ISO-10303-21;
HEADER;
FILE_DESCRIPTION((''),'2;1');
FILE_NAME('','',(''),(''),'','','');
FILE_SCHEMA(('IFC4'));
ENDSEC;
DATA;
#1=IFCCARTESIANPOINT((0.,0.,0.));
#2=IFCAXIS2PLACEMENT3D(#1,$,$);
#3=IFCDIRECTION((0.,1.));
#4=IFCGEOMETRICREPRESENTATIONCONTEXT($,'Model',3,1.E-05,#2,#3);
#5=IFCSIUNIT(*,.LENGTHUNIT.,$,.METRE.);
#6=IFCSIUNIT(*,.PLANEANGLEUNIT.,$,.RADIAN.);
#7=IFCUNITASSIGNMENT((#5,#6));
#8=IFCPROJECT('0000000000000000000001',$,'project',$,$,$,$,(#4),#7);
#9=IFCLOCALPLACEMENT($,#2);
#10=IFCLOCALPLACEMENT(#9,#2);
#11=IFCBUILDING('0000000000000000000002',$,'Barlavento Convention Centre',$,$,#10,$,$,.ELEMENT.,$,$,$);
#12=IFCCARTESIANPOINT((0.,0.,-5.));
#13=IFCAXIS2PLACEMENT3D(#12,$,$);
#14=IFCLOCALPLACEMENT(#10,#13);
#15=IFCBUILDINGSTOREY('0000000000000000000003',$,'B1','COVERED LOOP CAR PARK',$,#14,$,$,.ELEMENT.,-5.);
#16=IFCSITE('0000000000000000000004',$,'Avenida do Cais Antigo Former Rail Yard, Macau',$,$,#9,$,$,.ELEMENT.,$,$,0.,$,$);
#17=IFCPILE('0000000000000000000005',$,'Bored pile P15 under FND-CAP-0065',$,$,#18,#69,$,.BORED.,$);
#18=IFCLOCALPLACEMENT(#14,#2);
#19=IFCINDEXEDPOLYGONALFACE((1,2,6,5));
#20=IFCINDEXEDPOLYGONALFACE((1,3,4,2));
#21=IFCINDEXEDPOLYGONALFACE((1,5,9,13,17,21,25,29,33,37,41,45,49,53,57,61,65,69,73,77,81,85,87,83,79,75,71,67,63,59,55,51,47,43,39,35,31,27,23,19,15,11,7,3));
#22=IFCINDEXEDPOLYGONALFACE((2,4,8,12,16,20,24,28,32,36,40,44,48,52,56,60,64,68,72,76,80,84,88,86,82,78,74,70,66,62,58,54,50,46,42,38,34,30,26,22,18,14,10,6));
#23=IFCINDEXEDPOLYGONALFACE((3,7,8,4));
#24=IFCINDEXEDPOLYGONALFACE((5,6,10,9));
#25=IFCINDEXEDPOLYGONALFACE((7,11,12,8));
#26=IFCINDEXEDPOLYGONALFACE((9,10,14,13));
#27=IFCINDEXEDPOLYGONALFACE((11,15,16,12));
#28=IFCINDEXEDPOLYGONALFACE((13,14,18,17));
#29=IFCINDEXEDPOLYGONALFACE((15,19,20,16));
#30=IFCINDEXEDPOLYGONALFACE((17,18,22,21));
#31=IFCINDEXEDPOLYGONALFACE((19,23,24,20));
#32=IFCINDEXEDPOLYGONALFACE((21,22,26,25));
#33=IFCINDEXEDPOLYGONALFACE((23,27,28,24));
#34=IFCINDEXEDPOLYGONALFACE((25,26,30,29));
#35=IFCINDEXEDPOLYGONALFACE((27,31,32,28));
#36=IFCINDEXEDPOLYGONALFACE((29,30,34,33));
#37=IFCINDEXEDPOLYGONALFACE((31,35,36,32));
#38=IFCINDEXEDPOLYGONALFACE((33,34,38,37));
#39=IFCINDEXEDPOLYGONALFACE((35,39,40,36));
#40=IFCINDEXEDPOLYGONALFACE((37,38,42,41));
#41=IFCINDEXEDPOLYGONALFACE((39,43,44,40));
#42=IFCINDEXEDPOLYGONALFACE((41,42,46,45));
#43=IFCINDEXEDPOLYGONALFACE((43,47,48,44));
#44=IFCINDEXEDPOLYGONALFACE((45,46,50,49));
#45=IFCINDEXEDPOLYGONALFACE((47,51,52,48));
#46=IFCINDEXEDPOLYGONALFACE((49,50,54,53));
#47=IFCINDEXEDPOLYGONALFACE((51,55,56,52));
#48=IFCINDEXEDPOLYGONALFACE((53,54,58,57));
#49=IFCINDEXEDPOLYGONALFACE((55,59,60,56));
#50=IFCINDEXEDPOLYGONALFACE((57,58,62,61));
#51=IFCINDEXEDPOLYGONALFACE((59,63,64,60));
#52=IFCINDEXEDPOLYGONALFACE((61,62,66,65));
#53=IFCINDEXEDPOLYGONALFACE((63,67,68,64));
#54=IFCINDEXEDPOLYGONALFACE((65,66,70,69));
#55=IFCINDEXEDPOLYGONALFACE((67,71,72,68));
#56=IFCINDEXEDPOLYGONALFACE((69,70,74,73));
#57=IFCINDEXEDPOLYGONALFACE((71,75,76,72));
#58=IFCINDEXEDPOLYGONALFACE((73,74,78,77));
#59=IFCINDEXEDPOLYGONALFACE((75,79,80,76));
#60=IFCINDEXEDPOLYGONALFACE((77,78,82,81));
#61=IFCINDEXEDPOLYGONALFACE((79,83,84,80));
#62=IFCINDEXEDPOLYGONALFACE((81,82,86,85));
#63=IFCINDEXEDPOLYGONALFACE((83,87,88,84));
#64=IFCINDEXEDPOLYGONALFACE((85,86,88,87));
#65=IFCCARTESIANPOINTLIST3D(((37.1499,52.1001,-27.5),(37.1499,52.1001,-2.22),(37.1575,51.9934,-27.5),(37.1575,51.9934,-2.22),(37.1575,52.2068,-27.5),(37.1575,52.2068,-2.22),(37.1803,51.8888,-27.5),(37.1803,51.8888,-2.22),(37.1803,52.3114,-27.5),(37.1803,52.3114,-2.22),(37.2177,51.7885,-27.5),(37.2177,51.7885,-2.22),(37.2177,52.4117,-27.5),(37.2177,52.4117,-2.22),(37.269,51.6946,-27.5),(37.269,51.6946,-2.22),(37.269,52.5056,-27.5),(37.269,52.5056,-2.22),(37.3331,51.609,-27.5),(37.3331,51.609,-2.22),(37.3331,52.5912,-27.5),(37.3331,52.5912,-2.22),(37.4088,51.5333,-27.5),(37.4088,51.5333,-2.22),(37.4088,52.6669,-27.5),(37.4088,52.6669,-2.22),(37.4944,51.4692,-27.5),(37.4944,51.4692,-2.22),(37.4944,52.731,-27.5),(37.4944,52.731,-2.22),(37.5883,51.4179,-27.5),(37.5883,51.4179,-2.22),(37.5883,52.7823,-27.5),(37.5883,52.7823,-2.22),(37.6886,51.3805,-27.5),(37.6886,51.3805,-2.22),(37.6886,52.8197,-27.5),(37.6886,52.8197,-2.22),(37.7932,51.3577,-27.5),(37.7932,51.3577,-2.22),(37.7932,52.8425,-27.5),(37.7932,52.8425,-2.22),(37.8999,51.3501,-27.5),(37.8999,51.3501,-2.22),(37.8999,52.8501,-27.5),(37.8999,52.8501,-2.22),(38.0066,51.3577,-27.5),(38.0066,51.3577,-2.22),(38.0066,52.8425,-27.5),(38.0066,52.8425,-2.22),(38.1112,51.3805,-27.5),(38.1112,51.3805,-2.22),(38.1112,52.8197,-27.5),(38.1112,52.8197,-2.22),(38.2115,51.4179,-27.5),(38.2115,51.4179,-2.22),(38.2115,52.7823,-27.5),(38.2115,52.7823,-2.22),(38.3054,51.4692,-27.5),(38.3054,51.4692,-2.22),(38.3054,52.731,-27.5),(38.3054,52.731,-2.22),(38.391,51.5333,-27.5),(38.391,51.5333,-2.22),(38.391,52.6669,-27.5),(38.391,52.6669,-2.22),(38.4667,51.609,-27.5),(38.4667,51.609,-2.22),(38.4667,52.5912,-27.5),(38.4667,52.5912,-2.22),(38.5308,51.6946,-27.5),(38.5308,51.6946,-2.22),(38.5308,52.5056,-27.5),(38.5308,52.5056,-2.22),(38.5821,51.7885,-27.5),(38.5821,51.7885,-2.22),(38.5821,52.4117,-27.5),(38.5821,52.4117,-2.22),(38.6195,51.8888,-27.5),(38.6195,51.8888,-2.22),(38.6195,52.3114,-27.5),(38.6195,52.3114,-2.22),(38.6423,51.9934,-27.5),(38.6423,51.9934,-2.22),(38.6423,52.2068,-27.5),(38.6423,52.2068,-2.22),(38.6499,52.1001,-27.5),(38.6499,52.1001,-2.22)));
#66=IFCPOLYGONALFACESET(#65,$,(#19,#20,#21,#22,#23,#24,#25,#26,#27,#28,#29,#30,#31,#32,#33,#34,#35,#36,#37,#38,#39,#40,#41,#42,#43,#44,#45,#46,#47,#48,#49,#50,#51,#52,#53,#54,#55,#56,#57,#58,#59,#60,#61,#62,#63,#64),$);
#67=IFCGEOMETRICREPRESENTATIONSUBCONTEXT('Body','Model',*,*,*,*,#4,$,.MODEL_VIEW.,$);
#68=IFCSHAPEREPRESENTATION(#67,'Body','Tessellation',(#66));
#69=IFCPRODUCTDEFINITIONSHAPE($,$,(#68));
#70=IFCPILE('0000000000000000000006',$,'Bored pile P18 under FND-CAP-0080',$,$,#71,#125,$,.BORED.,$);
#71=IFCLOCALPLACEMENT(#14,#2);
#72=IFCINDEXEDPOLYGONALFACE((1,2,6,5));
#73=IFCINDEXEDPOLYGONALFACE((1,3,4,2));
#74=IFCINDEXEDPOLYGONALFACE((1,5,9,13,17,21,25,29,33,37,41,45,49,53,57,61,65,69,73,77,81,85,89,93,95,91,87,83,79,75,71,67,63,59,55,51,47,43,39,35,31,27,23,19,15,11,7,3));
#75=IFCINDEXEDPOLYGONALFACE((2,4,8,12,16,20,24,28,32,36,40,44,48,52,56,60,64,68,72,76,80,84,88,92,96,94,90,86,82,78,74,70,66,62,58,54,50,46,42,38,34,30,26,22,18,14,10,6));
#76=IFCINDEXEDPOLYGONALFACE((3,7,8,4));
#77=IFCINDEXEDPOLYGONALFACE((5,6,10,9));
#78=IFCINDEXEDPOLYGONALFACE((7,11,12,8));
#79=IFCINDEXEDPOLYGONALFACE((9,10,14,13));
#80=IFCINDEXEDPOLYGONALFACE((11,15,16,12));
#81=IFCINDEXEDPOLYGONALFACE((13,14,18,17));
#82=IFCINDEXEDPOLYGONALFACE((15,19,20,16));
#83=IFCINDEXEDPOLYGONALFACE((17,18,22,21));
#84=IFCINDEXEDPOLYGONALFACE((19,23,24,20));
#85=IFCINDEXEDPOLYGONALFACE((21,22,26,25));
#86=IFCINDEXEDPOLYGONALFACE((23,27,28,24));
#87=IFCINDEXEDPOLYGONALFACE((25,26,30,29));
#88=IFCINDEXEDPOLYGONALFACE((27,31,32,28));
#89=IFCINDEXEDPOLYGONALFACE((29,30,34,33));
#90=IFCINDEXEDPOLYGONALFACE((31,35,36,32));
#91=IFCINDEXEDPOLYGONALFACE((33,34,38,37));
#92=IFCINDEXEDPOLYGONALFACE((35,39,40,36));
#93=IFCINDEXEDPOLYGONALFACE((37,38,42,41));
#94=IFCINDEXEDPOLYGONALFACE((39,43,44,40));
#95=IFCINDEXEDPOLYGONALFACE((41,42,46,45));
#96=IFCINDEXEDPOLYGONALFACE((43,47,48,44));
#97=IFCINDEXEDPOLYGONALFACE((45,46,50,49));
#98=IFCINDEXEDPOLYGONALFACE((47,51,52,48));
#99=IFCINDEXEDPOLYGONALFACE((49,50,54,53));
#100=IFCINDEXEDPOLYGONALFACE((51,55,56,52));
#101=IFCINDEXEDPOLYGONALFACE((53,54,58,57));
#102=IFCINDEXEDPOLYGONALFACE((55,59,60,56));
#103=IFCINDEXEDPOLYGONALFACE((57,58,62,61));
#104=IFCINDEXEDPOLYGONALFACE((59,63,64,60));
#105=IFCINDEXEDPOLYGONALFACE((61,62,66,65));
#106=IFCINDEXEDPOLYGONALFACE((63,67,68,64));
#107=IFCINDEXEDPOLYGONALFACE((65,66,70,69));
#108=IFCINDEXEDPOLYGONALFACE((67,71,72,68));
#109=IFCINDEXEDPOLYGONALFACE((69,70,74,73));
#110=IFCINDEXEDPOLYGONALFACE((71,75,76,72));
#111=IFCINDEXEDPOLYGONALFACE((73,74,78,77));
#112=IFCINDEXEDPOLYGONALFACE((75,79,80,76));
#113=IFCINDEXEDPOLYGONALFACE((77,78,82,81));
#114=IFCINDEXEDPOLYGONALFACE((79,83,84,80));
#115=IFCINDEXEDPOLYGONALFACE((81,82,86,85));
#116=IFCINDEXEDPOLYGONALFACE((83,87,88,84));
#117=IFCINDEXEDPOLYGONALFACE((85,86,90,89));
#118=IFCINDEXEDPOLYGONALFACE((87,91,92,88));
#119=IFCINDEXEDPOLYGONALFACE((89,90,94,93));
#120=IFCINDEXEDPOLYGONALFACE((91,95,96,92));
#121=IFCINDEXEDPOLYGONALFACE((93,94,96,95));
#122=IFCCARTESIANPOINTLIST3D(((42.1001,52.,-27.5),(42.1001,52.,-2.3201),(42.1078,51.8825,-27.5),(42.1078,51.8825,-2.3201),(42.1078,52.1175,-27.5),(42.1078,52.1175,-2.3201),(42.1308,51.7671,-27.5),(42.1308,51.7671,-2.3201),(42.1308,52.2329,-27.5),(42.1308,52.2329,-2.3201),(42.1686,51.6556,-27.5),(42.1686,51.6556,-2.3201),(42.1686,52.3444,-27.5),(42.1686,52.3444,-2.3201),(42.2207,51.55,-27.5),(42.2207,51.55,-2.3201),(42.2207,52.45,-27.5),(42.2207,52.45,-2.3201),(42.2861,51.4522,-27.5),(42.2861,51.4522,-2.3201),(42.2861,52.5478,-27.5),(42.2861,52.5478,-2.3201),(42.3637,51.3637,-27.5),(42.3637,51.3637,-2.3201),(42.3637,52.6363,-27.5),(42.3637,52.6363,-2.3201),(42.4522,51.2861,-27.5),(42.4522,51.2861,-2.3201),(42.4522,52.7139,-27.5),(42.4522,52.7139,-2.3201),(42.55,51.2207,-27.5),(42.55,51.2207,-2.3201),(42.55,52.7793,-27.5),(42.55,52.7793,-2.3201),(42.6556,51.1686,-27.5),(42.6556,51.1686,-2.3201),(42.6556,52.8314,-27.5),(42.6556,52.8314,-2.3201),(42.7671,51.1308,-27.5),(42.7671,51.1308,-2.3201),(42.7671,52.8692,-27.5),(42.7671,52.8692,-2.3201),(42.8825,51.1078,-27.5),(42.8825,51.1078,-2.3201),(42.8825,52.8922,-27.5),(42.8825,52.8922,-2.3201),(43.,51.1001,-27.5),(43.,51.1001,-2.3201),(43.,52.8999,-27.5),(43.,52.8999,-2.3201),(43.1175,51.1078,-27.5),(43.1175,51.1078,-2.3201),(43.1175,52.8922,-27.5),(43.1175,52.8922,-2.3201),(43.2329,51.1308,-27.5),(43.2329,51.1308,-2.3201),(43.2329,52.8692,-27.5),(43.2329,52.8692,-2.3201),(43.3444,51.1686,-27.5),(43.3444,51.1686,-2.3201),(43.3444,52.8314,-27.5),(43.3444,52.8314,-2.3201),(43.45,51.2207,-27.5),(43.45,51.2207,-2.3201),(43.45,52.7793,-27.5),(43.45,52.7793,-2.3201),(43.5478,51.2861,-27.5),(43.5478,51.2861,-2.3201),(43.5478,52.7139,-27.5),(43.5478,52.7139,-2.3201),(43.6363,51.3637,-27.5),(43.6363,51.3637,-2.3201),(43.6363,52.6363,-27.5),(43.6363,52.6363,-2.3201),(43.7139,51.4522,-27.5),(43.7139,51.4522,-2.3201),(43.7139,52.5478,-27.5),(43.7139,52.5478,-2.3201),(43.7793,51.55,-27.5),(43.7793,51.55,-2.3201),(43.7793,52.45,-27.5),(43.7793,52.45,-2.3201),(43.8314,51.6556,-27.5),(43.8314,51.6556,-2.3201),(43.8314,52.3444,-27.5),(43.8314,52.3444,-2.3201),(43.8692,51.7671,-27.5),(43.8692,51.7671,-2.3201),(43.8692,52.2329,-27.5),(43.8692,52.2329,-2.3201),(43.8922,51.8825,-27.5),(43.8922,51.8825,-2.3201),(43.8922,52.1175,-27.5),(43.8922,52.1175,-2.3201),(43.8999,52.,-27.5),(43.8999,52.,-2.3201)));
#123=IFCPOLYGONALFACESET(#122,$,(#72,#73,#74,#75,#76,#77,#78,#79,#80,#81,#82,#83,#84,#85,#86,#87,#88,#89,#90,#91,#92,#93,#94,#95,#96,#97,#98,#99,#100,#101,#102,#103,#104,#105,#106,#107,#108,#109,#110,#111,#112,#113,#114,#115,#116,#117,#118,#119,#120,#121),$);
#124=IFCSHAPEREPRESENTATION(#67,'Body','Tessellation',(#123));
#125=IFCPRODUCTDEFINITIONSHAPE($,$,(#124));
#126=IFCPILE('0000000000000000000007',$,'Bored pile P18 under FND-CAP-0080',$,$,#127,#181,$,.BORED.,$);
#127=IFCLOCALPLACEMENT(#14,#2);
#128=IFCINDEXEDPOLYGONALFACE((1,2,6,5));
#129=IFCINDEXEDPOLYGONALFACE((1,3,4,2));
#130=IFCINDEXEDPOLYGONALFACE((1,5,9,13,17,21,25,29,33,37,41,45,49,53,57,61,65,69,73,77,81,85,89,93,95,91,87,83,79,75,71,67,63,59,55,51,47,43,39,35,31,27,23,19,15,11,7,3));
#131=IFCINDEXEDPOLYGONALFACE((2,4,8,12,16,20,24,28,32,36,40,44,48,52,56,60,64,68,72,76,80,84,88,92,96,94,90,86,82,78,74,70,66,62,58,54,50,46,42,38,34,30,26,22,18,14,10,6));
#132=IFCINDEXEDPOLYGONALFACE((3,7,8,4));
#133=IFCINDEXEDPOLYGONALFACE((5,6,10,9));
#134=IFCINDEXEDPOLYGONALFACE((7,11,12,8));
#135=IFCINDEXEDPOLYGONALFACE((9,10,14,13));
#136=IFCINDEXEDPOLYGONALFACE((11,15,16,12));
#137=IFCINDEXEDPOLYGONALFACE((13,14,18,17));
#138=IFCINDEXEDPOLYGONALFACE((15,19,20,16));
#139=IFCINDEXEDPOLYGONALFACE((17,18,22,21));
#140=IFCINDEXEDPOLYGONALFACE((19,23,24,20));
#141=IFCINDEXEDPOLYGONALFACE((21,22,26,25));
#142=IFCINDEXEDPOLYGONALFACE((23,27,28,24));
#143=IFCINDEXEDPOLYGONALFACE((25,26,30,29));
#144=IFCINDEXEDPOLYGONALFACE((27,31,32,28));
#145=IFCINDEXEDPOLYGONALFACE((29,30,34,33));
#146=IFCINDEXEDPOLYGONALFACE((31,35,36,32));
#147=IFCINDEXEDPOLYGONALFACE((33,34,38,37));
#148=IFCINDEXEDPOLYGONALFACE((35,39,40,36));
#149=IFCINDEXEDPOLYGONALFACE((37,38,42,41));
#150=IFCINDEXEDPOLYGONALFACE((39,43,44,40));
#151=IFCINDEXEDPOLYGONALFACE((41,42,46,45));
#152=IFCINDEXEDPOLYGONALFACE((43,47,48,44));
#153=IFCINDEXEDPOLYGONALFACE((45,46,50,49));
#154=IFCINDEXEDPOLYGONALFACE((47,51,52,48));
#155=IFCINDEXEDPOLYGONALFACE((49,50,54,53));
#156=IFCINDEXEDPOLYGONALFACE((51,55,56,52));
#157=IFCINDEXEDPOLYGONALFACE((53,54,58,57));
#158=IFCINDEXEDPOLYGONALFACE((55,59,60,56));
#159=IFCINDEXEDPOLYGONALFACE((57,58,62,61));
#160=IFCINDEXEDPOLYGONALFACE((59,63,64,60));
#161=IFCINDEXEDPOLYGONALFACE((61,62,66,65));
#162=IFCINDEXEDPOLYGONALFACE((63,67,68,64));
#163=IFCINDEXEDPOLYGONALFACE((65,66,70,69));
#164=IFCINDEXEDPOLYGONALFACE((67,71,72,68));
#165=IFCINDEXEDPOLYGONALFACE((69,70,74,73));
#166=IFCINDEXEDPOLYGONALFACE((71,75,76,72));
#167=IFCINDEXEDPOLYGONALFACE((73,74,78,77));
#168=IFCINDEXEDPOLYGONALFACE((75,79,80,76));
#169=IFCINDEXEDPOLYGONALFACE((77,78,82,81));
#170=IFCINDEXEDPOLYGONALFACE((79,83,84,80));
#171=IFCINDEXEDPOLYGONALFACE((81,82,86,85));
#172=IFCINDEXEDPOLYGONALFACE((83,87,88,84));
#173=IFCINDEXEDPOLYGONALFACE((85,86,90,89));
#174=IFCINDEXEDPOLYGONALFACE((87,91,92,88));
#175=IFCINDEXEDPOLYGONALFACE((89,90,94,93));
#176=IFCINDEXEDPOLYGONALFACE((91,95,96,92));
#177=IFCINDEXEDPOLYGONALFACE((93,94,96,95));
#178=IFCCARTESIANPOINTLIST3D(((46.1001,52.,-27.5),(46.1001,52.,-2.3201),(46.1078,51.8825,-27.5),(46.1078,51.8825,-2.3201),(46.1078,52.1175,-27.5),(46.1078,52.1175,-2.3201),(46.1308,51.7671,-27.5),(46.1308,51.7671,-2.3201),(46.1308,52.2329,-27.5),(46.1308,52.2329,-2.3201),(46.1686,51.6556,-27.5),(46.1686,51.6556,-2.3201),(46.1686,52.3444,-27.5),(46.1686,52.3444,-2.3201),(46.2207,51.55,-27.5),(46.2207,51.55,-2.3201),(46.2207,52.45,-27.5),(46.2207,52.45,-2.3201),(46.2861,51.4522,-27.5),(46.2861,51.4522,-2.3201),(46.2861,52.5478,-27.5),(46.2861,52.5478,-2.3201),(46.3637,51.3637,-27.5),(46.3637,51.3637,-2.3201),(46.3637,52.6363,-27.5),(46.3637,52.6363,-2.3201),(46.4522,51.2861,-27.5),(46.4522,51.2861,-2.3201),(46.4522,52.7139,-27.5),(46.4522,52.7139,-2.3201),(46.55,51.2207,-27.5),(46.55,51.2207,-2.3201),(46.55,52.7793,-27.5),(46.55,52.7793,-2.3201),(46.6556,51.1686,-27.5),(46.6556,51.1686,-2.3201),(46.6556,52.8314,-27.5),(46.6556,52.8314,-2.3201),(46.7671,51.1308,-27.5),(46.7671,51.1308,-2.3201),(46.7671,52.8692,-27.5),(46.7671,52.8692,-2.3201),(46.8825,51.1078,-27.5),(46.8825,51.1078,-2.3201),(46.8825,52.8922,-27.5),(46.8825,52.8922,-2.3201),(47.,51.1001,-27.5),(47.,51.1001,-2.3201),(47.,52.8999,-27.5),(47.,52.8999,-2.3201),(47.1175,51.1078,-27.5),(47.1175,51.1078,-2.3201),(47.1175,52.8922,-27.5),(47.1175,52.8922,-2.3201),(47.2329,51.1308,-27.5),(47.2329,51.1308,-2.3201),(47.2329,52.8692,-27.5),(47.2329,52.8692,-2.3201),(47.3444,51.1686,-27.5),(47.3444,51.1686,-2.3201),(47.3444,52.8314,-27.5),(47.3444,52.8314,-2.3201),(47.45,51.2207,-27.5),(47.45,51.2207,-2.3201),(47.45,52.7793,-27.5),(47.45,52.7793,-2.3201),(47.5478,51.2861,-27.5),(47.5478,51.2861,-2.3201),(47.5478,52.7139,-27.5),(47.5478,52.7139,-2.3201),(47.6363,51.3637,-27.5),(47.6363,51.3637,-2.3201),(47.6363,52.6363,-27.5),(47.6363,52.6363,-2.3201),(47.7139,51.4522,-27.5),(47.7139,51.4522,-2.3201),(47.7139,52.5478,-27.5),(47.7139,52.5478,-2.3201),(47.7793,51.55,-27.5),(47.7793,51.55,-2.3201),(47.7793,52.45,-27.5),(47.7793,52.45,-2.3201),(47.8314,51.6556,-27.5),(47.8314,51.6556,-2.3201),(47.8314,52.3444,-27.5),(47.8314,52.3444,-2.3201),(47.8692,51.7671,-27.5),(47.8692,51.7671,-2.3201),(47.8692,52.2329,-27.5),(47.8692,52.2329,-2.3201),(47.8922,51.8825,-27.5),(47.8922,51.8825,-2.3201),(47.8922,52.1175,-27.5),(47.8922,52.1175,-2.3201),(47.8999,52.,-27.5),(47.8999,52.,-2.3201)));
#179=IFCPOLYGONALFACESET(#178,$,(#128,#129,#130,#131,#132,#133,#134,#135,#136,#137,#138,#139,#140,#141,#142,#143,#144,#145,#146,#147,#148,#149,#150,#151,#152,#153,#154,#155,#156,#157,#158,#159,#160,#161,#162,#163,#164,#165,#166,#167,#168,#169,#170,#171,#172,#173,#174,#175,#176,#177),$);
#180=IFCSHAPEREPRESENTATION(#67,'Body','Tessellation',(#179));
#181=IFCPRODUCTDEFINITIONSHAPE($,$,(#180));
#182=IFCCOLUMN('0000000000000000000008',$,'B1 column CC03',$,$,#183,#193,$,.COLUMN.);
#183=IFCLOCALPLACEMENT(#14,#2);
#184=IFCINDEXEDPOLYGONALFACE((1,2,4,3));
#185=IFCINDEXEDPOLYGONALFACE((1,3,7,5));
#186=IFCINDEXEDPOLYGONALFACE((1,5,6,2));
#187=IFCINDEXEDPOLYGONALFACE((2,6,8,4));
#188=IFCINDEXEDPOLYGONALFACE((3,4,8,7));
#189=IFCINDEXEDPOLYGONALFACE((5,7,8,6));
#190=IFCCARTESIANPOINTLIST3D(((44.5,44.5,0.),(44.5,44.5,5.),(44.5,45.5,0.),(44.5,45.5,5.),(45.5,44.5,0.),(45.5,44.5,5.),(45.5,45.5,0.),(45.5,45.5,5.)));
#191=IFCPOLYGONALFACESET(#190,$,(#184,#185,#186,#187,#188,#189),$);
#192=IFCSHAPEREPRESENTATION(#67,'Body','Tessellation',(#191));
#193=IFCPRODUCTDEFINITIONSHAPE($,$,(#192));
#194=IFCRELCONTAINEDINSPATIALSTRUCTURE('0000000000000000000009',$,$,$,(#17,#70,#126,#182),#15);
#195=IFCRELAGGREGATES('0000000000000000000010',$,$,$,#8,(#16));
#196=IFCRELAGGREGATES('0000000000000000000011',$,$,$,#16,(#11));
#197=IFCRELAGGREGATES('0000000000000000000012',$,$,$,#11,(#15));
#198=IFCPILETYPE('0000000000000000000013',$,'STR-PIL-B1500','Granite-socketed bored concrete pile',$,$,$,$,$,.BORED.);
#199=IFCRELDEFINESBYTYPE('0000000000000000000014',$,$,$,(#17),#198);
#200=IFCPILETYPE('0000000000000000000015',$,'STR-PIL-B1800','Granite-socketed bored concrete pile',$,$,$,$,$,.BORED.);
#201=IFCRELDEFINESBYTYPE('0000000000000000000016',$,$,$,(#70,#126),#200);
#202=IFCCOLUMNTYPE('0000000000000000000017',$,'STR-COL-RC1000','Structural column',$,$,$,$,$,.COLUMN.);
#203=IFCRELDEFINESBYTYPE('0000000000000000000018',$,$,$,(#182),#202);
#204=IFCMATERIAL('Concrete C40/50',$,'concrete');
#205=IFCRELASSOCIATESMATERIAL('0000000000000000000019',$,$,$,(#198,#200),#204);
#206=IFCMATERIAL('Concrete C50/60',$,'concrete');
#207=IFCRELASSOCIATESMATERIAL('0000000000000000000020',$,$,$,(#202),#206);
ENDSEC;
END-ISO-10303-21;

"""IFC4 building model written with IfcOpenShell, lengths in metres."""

from ifc_helpers import new_model, si_unit, direction, frame, origin, origin_2d, place, context, subcontext, project, spatial, rectangle, circle, extrude, material, material_profile, profile_set, type_object, element, save


model = new_model("IFC4")

# Units and contexts
model_context = context("Model", 3, precision=1e-05, world=origin(), true_north=direction((0.0, 1.0)))
body_context = subcontext(model_context, "Body", "Model", "MODEL_VIEW")
ifc_project = project(units=[si_unit("LENGTHUNIT", "METRE"), si_unit("PLANEANGLEUNIT", "RADIAN")], contexts=[model_context])

# Site, building, storey
site_placement = place(None, origin())
site = spatial("IfcSite", under=ifc_project, at=site_placement, Name="Avenida do Cais Antigo Former Rail Yard, Macau", CompositionType="ELEMENT", RefElevation=0.0)
building_placement = place(site_placement, origin())
building = spatial("IfcBuilding", under=site, at=building_placement, Name="Barlavento Convention Centre", CompositionType="ELEMENT")
storey_placement = place(building_placement, frame((0.0, 0.0, -5.0)))
storey = spatial("IfcBuildingStorey", under=building, at=storey_placement, Name="B1", Description="COVERED LOOP CAR PARK", CompositionType="ELEMENT", Elevation=-5.0)

# Shared definitions
ifc_material_1 = material(Name="Concrete C40/50", Category="concrete")

# Piles
ifc_material_profile_1 = material_profile(ifc_material_1, circle(Radius=0.75, at=origin_2d()), Name="BORED PILE 1500")
ifc_profile_set_1 = profile_set([ifc_material_profile_1], Name="Concrete C40/50")
pile_type_1 = type_object("IfcPileType", Name="STR-PIL-B1500", Description="Granite-socketed bored concrete pile", PredefinedType="BORED", material=ifc_profile_set_1)
pile_1_placement = place(storey_placement, frame((37.8999, 52.1001, -2.22), z_axis=(0.0, 0.0, -1.0), x_axis=(1.0, 0.0, 0.0)))
element("IfcPile", 1, at=pile_1_placement, inside=storey, type_object=pile_type_1, Name="Bored pile P15 under FND-CAP-0065", PredefinedType="BORED", context=body_context, shape_type="SweptSolid", body=[
    extrude(circle(Radius=0.75, at=origin_2d()), origin(), (0.0, 0.0, 1.0), 25.28),
])
ifc_material_profile_2 = material_profile(ifc_material_1, circle(Radius=0.8999, at=origin_2d()), Name="BORED PILE 1800")
ifc_profile_set_2 = profile_set([ifc_material_profile_2], Name="Concrete C40/50")
pile_type_2 = type_object("IfcPileType", Name="STR-PIL-B1800", Description="Granite-socketed bored concrete pile", PredefinedType="BORED", material=ifc_profile_set_2)
for number, where, z_axis, x_axis, name in (
    (2, (43.0, 52.0, -2.3201), (0.0, 0.0, -1.0), (1.0, 0.0, 0.0), "Bored pile P18 under FND-CAP-0080"),
    (3, (47.0, 52.0, -2.3201), (0.0, 0.0, -1.0), (1.0, 0.0, 0.0), "Bored pile P18 under FND-CAP-0080"),
):
    element("IfcPile", number, at=place(storey_placement, frame(where, z_axis=z_axis, x_axis=x_axis)), inside=storey, type_object=pile_type_2, Name=name, PredefinedType="BORED", context=body_context, shape_type="SweptSolid", body=[
        extrude(circle(Radius=0.8999, at=origin_2d()), origin(), (0.0, 0.0, 1.0), 25.1799),
    ])

# Column
ifc_material_2 = material(Name="Concrete C50/60", Category="concrete")
ifc_material_profile_3 = material_profile(ifc_material_2, rectangle(XDim=1.0, YDim=1.0, at=origin_2d()), Name="RC 1000x1000")
ifc_profile_set_3 = profile_set([ifc_material_profile_3], Name="Concrete C50/60")
column_type_1 = type_object("IfcColumnType", Name="STR-COL-RC1000", Description="Structural column", PredefinedType="COLUMN", material=ifc_profile_set_3)
column_1_placement = place(storey_placement, frame((45.0, 45.0, 0.0), z_axis=(0.0, 0.0, 1.0), x_axis=(1.0, 0.0, 0.0)))
element("IfcColumn", 4, at=column_1_placement, inside=storey, type_object=column_type_1, Name="B1 column CC03", PredefinedType="COLUMN", context=body_context, shape_type="SweptSolid", body=[
    extrude(rectangle(XDim=1.0, YDim=1.0, at=origin_2d()), origin(), (0.0, 0.0, 1.0), 5.0),
])

save(model, "model.ifc")
